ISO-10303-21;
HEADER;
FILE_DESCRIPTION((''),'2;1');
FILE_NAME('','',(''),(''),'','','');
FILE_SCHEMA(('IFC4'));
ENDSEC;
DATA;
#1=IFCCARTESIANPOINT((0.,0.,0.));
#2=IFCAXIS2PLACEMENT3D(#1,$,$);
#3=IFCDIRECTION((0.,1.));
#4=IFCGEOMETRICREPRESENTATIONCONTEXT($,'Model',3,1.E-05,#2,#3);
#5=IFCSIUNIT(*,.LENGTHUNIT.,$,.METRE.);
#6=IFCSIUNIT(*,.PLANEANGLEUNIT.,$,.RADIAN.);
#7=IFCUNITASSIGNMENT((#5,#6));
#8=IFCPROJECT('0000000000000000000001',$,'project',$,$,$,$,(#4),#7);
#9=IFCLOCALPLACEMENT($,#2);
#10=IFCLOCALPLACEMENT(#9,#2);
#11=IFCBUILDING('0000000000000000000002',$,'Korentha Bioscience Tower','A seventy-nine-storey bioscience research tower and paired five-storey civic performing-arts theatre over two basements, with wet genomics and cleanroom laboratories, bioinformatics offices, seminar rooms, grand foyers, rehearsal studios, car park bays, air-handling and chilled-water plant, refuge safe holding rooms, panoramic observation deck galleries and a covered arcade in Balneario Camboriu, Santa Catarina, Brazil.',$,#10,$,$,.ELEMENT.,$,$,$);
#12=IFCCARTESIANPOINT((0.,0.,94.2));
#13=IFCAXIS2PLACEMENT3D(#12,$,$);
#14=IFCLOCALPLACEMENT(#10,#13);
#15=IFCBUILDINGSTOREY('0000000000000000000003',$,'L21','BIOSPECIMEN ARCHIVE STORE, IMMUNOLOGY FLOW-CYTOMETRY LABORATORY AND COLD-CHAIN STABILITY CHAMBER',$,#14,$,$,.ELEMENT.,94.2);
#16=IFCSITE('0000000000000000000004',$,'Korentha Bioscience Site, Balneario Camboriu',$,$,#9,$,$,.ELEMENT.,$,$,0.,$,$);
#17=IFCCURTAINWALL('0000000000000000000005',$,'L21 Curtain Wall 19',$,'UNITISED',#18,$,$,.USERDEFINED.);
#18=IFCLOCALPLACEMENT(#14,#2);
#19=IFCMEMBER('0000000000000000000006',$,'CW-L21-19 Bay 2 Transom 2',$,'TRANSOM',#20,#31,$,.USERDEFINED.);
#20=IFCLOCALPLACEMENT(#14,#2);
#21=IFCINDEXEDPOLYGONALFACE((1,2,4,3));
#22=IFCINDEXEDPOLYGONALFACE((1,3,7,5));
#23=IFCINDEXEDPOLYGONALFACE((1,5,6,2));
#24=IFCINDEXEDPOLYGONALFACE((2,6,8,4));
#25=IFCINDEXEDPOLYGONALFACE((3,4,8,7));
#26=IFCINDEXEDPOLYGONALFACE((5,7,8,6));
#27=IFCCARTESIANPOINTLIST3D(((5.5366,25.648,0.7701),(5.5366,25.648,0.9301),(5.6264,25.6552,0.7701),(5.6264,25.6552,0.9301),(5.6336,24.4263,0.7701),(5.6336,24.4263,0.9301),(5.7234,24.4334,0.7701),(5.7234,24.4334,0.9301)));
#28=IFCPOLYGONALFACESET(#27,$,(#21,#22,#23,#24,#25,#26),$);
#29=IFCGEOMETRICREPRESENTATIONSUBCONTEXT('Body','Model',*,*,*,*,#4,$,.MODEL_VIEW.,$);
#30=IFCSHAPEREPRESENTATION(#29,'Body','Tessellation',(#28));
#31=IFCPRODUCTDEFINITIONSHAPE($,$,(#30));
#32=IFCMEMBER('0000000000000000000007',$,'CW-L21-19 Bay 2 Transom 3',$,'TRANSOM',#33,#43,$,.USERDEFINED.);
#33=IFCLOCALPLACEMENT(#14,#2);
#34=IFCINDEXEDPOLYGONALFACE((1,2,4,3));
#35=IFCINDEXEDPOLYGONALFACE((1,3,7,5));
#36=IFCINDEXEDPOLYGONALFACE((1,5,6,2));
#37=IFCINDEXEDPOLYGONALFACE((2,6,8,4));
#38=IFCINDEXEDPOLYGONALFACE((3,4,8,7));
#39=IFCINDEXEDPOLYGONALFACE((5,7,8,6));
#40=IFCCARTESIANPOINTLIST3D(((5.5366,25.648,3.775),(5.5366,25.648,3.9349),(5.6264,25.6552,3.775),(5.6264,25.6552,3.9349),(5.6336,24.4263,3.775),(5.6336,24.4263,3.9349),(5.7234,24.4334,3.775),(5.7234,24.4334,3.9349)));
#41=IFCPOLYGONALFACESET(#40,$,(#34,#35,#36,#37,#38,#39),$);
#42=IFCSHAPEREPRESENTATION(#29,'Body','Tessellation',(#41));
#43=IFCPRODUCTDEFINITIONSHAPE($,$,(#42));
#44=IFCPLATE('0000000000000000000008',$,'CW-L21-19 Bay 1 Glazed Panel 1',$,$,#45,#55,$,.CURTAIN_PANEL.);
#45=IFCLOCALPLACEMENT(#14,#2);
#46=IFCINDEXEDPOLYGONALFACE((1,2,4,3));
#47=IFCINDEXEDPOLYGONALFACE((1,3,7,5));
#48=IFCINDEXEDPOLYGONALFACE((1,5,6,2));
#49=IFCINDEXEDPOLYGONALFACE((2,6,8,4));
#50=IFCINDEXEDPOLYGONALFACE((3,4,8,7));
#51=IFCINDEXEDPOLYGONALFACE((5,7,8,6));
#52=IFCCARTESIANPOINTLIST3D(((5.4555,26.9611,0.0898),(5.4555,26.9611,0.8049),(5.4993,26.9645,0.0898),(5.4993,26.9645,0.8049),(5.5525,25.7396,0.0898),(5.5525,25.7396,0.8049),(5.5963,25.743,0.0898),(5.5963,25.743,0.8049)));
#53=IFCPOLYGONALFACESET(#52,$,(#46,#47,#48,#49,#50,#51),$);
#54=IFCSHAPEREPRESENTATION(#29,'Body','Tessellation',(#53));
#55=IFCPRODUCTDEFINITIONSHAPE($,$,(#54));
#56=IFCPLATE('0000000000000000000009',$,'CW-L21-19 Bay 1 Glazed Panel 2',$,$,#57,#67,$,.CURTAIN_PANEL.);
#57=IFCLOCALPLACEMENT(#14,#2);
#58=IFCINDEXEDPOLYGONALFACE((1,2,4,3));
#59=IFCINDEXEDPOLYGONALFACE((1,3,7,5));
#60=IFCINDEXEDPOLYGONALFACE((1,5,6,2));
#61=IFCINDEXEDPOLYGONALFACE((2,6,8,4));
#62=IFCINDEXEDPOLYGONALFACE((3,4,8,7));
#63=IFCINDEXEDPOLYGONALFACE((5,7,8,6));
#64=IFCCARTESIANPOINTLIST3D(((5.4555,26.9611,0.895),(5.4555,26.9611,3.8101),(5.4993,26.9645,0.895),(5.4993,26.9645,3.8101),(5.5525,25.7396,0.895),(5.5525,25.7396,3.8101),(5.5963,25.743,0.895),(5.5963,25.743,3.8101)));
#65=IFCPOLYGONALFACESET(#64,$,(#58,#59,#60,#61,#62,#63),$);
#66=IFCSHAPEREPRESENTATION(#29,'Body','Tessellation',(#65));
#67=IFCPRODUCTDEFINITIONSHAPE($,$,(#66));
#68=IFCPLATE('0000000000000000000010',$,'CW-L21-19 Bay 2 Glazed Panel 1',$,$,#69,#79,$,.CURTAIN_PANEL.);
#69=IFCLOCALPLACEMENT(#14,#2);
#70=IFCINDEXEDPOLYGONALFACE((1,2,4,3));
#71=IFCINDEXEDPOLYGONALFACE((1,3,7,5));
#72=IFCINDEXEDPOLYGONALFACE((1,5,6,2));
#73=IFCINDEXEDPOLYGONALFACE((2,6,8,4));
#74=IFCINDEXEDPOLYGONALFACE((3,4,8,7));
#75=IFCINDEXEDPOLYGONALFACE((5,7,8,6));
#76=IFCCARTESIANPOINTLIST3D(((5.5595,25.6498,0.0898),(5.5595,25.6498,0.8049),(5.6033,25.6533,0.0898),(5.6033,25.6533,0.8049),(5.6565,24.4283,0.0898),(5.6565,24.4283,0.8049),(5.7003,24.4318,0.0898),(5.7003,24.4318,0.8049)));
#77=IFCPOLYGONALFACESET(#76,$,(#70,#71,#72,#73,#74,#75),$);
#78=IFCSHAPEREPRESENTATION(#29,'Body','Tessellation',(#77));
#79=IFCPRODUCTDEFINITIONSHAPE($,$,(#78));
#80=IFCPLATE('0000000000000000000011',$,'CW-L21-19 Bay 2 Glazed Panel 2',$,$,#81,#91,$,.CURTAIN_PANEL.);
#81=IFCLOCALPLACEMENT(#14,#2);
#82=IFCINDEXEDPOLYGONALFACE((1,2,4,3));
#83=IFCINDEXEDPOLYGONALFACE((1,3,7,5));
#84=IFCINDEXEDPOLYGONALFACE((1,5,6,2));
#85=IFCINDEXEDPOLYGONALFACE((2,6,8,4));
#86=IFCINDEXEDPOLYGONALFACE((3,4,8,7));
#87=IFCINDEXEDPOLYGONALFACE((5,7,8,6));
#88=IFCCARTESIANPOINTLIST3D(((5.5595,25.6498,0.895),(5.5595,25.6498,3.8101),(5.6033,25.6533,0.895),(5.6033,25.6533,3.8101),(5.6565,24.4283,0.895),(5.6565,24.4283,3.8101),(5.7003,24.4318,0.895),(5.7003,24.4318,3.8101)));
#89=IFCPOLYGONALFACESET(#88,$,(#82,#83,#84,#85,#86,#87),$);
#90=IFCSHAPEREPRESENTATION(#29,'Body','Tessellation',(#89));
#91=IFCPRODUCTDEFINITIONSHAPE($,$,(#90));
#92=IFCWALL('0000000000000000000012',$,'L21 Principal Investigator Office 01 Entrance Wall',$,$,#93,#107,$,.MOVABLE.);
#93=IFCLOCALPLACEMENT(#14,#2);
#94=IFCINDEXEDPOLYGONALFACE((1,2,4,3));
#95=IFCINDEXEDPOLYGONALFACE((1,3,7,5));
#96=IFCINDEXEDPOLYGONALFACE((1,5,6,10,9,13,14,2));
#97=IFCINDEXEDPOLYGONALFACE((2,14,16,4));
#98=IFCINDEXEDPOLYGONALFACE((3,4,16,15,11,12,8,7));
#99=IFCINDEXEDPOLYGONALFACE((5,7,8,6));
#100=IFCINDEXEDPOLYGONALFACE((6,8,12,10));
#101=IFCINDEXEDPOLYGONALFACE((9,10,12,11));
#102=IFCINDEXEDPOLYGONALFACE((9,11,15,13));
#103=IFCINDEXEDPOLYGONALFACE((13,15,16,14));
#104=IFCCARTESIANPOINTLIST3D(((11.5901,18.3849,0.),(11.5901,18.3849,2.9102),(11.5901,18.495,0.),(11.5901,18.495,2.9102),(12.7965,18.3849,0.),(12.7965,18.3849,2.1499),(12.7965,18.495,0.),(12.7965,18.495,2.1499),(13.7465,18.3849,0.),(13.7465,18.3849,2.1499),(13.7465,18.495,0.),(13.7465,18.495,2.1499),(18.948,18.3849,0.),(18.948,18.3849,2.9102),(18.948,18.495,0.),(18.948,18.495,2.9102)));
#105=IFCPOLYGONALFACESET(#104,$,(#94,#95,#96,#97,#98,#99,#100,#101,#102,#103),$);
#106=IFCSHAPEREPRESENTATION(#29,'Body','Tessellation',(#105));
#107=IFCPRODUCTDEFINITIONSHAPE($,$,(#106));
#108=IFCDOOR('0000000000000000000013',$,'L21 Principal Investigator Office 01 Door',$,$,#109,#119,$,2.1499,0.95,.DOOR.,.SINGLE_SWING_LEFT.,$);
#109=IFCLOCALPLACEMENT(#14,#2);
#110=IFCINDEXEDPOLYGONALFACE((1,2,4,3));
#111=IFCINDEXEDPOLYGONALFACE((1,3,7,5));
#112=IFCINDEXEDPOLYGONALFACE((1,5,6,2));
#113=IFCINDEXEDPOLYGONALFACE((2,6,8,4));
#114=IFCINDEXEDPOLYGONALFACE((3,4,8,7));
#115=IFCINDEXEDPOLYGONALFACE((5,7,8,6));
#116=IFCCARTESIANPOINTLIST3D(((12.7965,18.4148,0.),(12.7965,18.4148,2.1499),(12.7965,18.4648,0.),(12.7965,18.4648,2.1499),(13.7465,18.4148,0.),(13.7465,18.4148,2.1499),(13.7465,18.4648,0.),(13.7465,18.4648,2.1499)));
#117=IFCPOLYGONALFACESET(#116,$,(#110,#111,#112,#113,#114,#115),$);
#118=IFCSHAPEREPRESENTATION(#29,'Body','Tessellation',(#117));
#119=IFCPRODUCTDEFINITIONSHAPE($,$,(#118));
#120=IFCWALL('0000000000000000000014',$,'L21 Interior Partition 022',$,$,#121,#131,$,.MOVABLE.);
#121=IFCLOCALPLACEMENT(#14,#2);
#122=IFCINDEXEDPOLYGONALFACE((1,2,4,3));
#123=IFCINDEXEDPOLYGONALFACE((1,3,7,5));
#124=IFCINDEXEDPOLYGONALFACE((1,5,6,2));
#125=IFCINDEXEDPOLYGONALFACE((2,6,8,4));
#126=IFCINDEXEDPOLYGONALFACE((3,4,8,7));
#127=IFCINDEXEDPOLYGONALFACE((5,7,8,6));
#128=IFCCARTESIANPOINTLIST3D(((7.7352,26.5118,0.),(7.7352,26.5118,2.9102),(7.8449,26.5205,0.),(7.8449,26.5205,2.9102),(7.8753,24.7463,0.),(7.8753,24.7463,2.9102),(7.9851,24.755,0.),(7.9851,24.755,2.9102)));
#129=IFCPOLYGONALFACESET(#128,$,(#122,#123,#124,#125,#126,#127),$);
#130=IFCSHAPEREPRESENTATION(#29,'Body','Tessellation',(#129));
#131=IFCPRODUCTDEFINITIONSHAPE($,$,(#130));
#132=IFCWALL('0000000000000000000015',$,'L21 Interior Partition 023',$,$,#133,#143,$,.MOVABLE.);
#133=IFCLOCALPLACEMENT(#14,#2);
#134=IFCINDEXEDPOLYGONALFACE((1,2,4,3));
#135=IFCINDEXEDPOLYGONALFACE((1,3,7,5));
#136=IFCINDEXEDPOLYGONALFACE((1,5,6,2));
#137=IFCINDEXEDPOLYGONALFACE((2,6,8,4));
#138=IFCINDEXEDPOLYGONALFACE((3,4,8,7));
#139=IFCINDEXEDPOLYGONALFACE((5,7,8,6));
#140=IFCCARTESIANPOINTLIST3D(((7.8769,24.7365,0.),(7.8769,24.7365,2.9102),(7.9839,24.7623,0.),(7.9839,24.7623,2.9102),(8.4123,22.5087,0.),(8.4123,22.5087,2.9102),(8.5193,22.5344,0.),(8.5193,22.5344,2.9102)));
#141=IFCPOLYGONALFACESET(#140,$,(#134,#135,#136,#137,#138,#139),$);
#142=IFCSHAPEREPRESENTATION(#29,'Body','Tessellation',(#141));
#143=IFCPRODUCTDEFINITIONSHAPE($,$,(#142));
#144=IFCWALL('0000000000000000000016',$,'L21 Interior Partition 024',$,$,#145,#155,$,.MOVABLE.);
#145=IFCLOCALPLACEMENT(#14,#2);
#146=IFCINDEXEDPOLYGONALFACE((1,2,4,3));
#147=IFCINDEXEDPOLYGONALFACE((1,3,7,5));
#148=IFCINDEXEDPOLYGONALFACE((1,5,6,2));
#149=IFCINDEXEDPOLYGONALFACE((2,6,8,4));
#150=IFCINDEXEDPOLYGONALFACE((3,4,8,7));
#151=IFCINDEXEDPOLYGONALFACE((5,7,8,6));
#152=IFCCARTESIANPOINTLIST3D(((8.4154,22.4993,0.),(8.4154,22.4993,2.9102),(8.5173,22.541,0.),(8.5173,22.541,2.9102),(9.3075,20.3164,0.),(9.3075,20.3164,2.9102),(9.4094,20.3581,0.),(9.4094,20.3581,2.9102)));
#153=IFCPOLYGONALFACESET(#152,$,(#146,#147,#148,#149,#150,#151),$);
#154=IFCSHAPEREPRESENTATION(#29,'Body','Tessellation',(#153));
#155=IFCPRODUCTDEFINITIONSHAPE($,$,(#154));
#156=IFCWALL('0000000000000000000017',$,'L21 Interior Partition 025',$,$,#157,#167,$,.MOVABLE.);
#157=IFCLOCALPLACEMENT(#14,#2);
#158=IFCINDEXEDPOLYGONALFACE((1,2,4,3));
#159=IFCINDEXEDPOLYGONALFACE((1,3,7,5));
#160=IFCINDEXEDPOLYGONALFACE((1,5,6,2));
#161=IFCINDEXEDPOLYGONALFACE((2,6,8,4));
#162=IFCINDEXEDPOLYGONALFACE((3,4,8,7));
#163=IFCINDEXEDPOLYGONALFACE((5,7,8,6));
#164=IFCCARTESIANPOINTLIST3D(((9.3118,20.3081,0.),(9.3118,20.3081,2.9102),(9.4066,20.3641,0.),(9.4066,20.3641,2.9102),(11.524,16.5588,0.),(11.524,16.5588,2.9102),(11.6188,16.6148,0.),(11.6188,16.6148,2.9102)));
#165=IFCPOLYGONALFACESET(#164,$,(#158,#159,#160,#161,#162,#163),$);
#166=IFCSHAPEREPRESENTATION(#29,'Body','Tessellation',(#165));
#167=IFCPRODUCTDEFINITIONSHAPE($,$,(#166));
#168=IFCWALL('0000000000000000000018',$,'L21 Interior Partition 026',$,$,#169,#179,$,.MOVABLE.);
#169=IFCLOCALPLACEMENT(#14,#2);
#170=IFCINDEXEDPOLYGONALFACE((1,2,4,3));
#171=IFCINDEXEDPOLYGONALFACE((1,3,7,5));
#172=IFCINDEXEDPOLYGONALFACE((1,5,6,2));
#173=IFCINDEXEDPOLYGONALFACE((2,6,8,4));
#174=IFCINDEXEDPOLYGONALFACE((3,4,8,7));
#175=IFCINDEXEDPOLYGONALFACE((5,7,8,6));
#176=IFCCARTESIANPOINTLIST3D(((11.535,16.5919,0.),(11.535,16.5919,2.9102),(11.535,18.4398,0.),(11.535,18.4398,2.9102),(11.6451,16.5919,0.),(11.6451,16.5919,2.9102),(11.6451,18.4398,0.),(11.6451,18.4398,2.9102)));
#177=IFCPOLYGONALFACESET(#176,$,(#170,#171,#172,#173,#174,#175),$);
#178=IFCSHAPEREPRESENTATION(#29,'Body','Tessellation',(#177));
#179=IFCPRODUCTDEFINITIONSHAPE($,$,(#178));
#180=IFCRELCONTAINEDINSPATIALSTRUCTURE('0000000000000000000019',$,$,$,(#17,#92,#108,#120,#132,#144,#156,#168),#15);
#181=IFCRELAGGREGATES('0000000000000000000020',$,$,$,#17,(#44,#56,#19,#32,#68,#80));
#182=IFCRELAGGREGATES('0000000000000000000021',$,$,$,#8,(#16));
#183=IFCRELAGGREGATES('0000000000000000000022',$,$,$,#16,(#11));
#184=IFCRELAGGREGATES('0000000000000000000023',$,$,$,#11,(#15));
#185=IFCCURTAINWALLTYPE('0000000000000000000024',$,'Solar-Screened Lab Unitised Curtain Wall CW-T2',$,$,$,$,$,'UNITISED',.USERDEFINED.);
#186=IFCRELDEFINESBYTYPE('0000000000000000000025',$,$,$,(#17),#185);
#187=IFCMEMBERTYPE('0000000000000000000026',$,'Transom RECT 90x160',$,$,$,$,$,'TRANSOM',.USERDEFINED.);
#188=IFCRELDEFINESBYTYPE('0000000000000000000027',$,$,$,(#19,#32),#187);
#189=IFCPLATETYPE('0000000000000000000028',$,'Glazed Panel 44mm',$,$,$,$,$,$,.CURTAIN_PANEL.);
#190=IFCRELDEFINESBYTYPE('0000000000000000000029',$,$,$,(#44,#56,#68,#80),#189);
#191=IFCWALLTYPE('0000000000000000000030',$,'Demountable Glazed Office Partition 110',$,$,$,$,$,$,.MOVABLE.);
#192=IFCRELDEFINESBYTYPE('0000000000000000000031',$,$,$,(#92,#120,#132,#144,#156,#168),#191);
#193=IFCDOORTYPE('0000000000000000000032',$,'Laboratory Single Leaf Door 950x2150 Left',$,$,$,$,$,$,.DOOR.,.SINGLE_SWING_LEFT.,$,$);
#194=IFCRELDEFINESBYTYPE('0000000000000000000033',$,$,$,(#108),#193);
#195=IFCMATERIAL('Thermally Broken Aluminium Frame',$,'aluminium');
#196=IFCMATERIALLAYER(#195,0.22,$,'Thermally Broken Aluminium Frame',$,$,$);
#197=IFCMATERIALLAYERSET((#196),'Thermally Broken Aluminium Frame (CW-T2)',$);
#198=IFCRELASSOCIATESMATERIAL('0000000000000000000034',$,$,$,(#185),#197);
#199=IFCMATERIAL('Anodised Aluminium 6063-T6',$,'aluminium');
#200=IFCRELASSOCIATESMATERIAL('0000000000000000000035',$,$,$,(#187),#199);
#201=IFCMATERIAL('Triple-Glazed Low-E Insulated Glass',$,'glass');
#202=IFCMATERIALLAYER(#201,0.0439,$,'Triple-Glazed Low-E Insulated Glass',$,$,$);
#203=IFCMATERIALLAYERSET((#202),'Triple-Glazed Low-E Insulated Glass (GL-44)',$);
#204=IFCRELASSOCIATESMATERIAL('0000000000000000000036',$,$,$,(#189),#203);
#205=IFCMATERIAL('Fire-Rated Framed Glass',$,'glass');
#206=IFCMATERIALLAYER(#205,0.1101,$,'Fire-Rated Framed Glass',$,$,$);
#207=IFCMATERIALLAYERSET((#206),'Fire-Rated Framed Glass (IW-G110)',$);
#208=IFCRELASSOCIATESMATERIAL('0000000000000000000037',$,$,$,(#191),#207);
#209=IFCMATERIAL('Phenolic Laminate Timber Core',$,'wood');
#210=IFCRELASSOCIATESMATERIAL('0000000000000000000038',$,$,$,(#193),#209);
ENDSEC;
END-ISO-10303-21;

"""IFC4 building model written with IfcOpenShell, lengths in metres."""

from ifc_helpers import new_model, si_unit, direction, frame, frame_2d, origin, origin_2d, place, context, subcontext, project, spatial, rectangle, extrude, material, layer, layer_set, material_profile, profile_set, type_object, element, fill, aggregate, save


model = new_model("IFC4")

# Units and contexts
model_context = context("Model", 3, precision=1e-05, world=origin(), true_north=direction((0.0, 1.0)))
body_context = subcontext(model_context, "Body", "Model", "MODEL_VIEW")
ifc_project = project(units=[si_unit("LENGTHUNIT", "METRE"), si_unit("PLANEANGLEUNIT", "RADIAN")], contexts=[model_context])

# Site, building, storey
site_placement = place(None, origin())
site = spatial("IfcSite", under=ifc_project, at=site_placement, Name="Korentha Bioscience Site, Balneario Camboriu", CompositionType="ELEMENT", RefElevation=0.0)
building_placement = place(site_placement, origin())
building = spatial("IfcBuilding", under=site, at=building_placement, Name="Korentha Bioscience Tower", Description="A seventy-nine-storey bioscience research tower and paired five-storey civic performing-arts theatre over two basements, with wet genomics and cleanroom laboratories, bioinformatics offices, seminar rooms, grand foyers, rehearsal studios, car park bays, air-handling and chilled-water plant, refuge safe holding rooms, panoramic observation deck galleries and a covered arcade in Balneario Camboriu, Santa Catarina, Brazil.", CompositionType="ELEMENT")
storey_placement = place(building_placement, frame((0.0, 0.0, 94.2)))
storey = spatial("IfcBuildingStorey", under=building, at=storey_placement, Name="L21", Description="BIOSPECIMEN ARCHIVE STORE, IMMUNOLOGY FLOW-CYTOMETRY LABORATORY AND COLD-CHAIN STABILITY CHAMBER", CompositionType="ELEMENT", Elevation=94.2)

# Curtain wall
ifc_material_1 = material(Name="Thermally Broken Aluminium Frame", Category="aluminium")
ifc_layer_1 = layer(ifc_material_1, 0.22, Name="Thermally Broken Aluminium Frame")
ifc_layer_set_1 = layer_set([ifc_layer_1], Name="Thermally Broken Aluminium Frame (CW-T2)")
curtain_wall_type = type_object("IfcCurtainWallType", Name="Solar-Screened Lab Unitised Curtain Wall CW-T2", ElementType="UNITISED", PredefinedType="USERDEFINED", material=ifc_layer_set_1)
curtain_wall_placement = place(storey_placement, origin())
curtain_wall = element("IfcCurtainWall", 1, at=curtain_wall_placement, inside=storey, type_object=curtain_wall_type, Name="L21 Curtain Wall 19", ObjectType="UNITISED", PredefinedType="USERDEFINED")
ifc_material_2 = material(Name="Anodised Aluminium 6063-T6", Category="aluminium")

# Members
ifc_material_profile_1 = material_profile(ifc_material_2, rectangle(XDim=0.0901, YDim=0.1599, at=origin_2d()), Name="Anodised Aluminium 6063-T6")
ifc_profile_set_1 = profile_set([ifc_material_profile_1], Name="Anodised Aluminium 6063-T6 (CW-TRN)")
member_type_1 = type_object("IfcMemberType", Name="Transom RECT 90x160", ElementType="TRANSOM", PredefinedType="USERDEFINED", material=ifc_profile_set_1)
member_1_placement = place(storey_placement, frame((5.5815, 25.6516, 0.8501), z_axis=(0.079088, -0.996868, 0.0), x_axis=(0.996868, 0.079088, 0.0)))
member_1 = element("IfcMember", 2, at=member_1_placement, type_object=member_type_1, Name="CW-L21-19 Bay 2 Transom 2", ObjectType="TRANSOM", PredefinedType="USERDEFINED", context=body_context, shape_type="SweptSolid", body=[
    extrude(rectangle(XDim=0.0901, YDim=0.1599, at=origin_2d()), origin(), (0.0, 0.0, 1.0), 1.2256),
])
member_2_placement = place(storey_placement, frame((5.5815, 25.6516, 3.855), z_axis=(0.079088, -0.996868, 0.0), x_axis=(0.996868, 0.079088, 0.0)))
member_2 = element("IfcMember", 3, at=member_2_placement, type_object=member_type_1, Name="CW-L21-19 Bay 2 Transom 3", ObjectType="TRANSOM", PredefinedType="USERDEFINED", context=body_context, shape_type="SweptSolid", body=[
    extrude(rectangle(XDim=0.0901, YDim=0.1599, at=origin_2d()), origin(), (0.0, 0.0, 1.0), 1.2256),
])

# Plates
ifc_material_3 = material(Name="Triple-Glazed Low-E Insulated Glass", Category="glass")
ifc_layer_2 = layer(ifc_material_3, 0.0439, Name="Triple-Glazed Low-E Insulated Glass")
ifc_layer_set_2 = layer_set([ifc_layer_2], Name="Triple-Glazed Low-E Insulated Glass (GL-44)")
plate_type = type_object("IfcPlateType", Name="Glazed Panel 44mm", PredefinedType="CURTAIN_PANEL", material=ifc_layer_set_2)
plate_1_placement = place(storey_placement, frame((5.5259, 26.3521, 0.0898), z_axis=(0.0, 0.0, 1.0), x_axis=(0.07913, -0.996864, 0.0)))
plate_1 = element("IfcPlate", 4, at=plate_1_placement, type_object=plate_type, Name="CW-L21-19 Bay 1 Glazed Panel 1", PredefinedType="CURTAIN_PANEL", context=body_context, shape_type="SweptSolid", body=[
    extrude(rectangle(XDim=1.2253, YDim=0.0439, at=origin_2d()), origin(), (0.0, 0.0, 1.0), 0.7151),
])
plate_2_placement = place(storey_placement, frame((5.5259, 26.3521, 0.895), z_axis=(0.0, 0.0, 1.0), x_axis=(0.07913, -0.996864, 0.0)))
plate_2 = element("IfcPlate", 5, at=plate_2_placement, type_object=plate_type, Name="CW-L21-19 Bay 1 Glazed Panel 2", PredefinedType="CURTAIN_PANEL", context=body_context, shape_type="SweptSolid", body=[
    extrude(rectangle(XDim=1.2253, YDim=0.0439, at=origin_2d()), origin(), (0.0, 0.0, 1.0), 2.915),
])
plate_3_placement = place(storey_placement, frame((5.6299, 25.0408, 0.0898), z_axis=(0.0, 0.0, 1.0), x_axis=(0.07913, -0.996864, 0.0)))
plate_3 = element("IfcPlate", 6, at=plate_3_placement, type_object=plate_type, Name="CW-L21-19 Bay 2 Glazed Panel 1", PredefinedType="CURTAIN_PANEL", context=body_context, shape_type="SweptSolid", body=[
    extrude(rectangle(XDim=1.2253, YDim=0.0439, at=origin_2d()), origin(), (0.0, 0.0, 1.0), 0.7151),
])
plate_4_placement = place(storey_placement, frame((5.6299, 25.0408, 0.895), z_axis=(0.0, 0.0, 1.0), x_axis=(0.07913, -0.996864, 0.0)))
plate_4 = element("IfcPlate", 7, at=plate_4_placement, type_object=plate_type, Name="CW-L21-19 Bay 2 Glazed Panel 2", PredefinedType="CURTAIN_PANEL", context=body_context, shape_type="SweptSolid", body=[
    extrude(rectangle(XDim=1.2253, YDim=0.0439, at=origin_2d()), origin(), (0.0, 0.0, 1.0), 2.915),
])
aggregate(curtain_wall, [plate_1, plate_2, member_1, member_2, plate_3, plate_4])

# Wall, opening, door
ifc_material_4 = material(Name="Fire-Rated Framed Glass", Category="glass")
ifc_layer_3 = layer(ifc_material_4, 0.1101, Name="Fire-Rated Framed Glass")
ifc_layer_set_3 = layer_set([ifc_layer_3], Name="Fire-Rated Framed Glass (IW-G110)")
wall_type_1 = type_object("IfcWallType", Name="Demountable Glazed Office Partition 110", PredefinedType="MOVABLE", material=ifc_layer_set_3)
wall_1_placement = place(storey_placement, frame((11.5901, 18.4399, 0.0), z_axis=(0.0, 0.0, 1.0), x_axis=(1.0, 0.0, 0.0)))
wall_1 = element("IfcWall", 8, at=wall_1_placement, inside=storey, type_object=wall_type_1, Name="L21 Principal Investigator Office 01 Entrance Wall", PredefinedType="MOVABLE", context=body_context, shape_type="SweptSolid", body=[
    extrude(rectangle(XDim=7.3579, YDim=0.1101, at=frame_2d((3.679, 0.0))), origin(), (0.0, 0.0, 1.0), 2.9102),
])
opening_1_placement = place(wall_1_placement, frame((1.2063, 0.0, 0.0)))
opening_1 = element("IfcOpeningElement", 9, at=opening_1_placement, cuts=wall_1, PredefinedType="OPENING", context=body_context, shape_type="SweptSolid", body=[
    extrude(rectangle(XDim=0.95, YDim=2.1499, at=frame_2d((0.4751, 1.075))), frame((0.0, 0.0698, 0.0), z_axis=(0.0, -1.0, 0.0), x_axis=(1.0, 0.0, 0.0)), (0.0, 0.0, 1.0), 0.1399),
])
ifc_material_5 = material(Name="Phenolic Laminate Timber Core", Category="wood")
door_type_1 = type_object("IfcDoorType", Name="Laboratory Single Leaf Door 950x2150 Left", OperationType="SINGLE_SWING_LEFT", PredefinedType="DOOR", material=ifc_material_5)
door_1_placement = place(opening_1_placement, origin())
door_1 = element("IfcDoor", 10, at=door_1_placement, inside=storey, type_object=door_type_1, Name="L21 Principal Investigator Office 01 Door", OperationType="SINGLE_SWING_LEFT", OverallHeight=2.1499, OverallWidth=0.95, PredefinedType="DOOR", context=body_context, shape_type="SweptSolid", body=[
    extrude(rectangle(XDim=0.95, YDim=2.1499, at=frame_2d((0.4751, 1.075))), frame((0.0, 0.0249, 0.0), z_axis=(0.0, -1.0, 0.0), x_axis=(1.0, 0.0, 0.0)), (0.0, 0.0, 1.0), 0.05),
])
fill(opening_1, door_1)

# Walls
wall_2_placement = place(storey_placement, frame((7.79, 26.5161, 0.0), z_axis=(0.0, 0.0, 1.0), x_axis=(0.079132, -0.996864, 0.0)))
element("IfcWall", 11, at=wall_2_placement, inside=storey, type_object=wall_type_1, Name="L21 Interior Partition 022", PredefinedType="MOVABLE", context=body_context, shape_type="SweptSolid", body=[
    extrude(rectangle(XDim=1.771, YDim=0.1101, at=frame_2d((0.8855, 0.0))), origin(), (0.0, 0.0, 1.0), 2.9102),
])
wall_3_placement = place(storey_placement, frame((7.9304, 24.7493, 0.0), z_axis=(0.0, 0.0, 1.0), x_axis=(0.233675, -0.972315, 0.0)))
element("IfcWall", 12, at=wall_3_placement, inside=storey, type_object=wall_type_1, Name="L21 Interior Partition 023", PredefinedType="MOVABLE", context=body_context, shape_type="SweptSolid", body=[
    extrude(rectangle(XDim=2.2913, YDim=0.1101, at=frame_2d((1.1455, 0.0))), origin(), (0.0, 0.0, 1.0), 2.9102),
])
wall_4_placement = place(storey_placement, frame((8.4663, 22.5203, 0.0), z_axis=(0.0, 0.0, 1.0), x_axis=(0.378306, -0.92568, 0.0)))
element("IfcWall", 13, at=wall_4_placement, inside=storey, type_object=wall_type_1, Name="L21 Interior Partition 024", PredefinedType="MOVABLE", context=body_context, shape_type="SweptSolid", body=[
    extrude(rectangle(XDim=2.3582, YDim=0.1101, at=frame_2d((1.1792, 0.0))), origin(), (0.0, 0.0, 1.0), 2.9102),
])
wall_5_placement = place(storey_placement, frame((9.3591, 20.3362, 0.0), z_axis=(0.0, 0.0, 1.0), x_axis=(0.508164, -0.86126, 0.0)))
element("IfcWall", 14, at=wall_5_placement, inside=storey, type_object=wall_type_1, Name="L21 Interior Partition 025", PredefinedType="MOVABLE", context=body_context, shape_type="SweptSolid", body=[
    extrude(rectangle(XDim=4.3533, YDim=0.1101, at=frame_2d((2.1768, 0.0))), origin(), (0.0, 0.0, 1.0), 2.9102),
])
wall_6_placement = place(storey_placement, frame((11.5901, 16.592, 0.0), z_axis=(0.0, 0.0, 1.0), x_axis=(0.0, 1.0, 0.0)))
element("IfcWall", 15, at=wall_6_placement, inside=storey, type_object=wall_type_1, Name="L21 Interior Partition 026", PredefinedType="MOVABLE", context=body_context, shape_type="SweptSolid", body=[
    extrude(rectangle(XDim=1.8479, YDim=0.1101, at=frame_2d((0.9238, 0.0))), origin(), (0.0, 0.0, 1.0), 2.9102),
])

save(model, "model.ifc")
